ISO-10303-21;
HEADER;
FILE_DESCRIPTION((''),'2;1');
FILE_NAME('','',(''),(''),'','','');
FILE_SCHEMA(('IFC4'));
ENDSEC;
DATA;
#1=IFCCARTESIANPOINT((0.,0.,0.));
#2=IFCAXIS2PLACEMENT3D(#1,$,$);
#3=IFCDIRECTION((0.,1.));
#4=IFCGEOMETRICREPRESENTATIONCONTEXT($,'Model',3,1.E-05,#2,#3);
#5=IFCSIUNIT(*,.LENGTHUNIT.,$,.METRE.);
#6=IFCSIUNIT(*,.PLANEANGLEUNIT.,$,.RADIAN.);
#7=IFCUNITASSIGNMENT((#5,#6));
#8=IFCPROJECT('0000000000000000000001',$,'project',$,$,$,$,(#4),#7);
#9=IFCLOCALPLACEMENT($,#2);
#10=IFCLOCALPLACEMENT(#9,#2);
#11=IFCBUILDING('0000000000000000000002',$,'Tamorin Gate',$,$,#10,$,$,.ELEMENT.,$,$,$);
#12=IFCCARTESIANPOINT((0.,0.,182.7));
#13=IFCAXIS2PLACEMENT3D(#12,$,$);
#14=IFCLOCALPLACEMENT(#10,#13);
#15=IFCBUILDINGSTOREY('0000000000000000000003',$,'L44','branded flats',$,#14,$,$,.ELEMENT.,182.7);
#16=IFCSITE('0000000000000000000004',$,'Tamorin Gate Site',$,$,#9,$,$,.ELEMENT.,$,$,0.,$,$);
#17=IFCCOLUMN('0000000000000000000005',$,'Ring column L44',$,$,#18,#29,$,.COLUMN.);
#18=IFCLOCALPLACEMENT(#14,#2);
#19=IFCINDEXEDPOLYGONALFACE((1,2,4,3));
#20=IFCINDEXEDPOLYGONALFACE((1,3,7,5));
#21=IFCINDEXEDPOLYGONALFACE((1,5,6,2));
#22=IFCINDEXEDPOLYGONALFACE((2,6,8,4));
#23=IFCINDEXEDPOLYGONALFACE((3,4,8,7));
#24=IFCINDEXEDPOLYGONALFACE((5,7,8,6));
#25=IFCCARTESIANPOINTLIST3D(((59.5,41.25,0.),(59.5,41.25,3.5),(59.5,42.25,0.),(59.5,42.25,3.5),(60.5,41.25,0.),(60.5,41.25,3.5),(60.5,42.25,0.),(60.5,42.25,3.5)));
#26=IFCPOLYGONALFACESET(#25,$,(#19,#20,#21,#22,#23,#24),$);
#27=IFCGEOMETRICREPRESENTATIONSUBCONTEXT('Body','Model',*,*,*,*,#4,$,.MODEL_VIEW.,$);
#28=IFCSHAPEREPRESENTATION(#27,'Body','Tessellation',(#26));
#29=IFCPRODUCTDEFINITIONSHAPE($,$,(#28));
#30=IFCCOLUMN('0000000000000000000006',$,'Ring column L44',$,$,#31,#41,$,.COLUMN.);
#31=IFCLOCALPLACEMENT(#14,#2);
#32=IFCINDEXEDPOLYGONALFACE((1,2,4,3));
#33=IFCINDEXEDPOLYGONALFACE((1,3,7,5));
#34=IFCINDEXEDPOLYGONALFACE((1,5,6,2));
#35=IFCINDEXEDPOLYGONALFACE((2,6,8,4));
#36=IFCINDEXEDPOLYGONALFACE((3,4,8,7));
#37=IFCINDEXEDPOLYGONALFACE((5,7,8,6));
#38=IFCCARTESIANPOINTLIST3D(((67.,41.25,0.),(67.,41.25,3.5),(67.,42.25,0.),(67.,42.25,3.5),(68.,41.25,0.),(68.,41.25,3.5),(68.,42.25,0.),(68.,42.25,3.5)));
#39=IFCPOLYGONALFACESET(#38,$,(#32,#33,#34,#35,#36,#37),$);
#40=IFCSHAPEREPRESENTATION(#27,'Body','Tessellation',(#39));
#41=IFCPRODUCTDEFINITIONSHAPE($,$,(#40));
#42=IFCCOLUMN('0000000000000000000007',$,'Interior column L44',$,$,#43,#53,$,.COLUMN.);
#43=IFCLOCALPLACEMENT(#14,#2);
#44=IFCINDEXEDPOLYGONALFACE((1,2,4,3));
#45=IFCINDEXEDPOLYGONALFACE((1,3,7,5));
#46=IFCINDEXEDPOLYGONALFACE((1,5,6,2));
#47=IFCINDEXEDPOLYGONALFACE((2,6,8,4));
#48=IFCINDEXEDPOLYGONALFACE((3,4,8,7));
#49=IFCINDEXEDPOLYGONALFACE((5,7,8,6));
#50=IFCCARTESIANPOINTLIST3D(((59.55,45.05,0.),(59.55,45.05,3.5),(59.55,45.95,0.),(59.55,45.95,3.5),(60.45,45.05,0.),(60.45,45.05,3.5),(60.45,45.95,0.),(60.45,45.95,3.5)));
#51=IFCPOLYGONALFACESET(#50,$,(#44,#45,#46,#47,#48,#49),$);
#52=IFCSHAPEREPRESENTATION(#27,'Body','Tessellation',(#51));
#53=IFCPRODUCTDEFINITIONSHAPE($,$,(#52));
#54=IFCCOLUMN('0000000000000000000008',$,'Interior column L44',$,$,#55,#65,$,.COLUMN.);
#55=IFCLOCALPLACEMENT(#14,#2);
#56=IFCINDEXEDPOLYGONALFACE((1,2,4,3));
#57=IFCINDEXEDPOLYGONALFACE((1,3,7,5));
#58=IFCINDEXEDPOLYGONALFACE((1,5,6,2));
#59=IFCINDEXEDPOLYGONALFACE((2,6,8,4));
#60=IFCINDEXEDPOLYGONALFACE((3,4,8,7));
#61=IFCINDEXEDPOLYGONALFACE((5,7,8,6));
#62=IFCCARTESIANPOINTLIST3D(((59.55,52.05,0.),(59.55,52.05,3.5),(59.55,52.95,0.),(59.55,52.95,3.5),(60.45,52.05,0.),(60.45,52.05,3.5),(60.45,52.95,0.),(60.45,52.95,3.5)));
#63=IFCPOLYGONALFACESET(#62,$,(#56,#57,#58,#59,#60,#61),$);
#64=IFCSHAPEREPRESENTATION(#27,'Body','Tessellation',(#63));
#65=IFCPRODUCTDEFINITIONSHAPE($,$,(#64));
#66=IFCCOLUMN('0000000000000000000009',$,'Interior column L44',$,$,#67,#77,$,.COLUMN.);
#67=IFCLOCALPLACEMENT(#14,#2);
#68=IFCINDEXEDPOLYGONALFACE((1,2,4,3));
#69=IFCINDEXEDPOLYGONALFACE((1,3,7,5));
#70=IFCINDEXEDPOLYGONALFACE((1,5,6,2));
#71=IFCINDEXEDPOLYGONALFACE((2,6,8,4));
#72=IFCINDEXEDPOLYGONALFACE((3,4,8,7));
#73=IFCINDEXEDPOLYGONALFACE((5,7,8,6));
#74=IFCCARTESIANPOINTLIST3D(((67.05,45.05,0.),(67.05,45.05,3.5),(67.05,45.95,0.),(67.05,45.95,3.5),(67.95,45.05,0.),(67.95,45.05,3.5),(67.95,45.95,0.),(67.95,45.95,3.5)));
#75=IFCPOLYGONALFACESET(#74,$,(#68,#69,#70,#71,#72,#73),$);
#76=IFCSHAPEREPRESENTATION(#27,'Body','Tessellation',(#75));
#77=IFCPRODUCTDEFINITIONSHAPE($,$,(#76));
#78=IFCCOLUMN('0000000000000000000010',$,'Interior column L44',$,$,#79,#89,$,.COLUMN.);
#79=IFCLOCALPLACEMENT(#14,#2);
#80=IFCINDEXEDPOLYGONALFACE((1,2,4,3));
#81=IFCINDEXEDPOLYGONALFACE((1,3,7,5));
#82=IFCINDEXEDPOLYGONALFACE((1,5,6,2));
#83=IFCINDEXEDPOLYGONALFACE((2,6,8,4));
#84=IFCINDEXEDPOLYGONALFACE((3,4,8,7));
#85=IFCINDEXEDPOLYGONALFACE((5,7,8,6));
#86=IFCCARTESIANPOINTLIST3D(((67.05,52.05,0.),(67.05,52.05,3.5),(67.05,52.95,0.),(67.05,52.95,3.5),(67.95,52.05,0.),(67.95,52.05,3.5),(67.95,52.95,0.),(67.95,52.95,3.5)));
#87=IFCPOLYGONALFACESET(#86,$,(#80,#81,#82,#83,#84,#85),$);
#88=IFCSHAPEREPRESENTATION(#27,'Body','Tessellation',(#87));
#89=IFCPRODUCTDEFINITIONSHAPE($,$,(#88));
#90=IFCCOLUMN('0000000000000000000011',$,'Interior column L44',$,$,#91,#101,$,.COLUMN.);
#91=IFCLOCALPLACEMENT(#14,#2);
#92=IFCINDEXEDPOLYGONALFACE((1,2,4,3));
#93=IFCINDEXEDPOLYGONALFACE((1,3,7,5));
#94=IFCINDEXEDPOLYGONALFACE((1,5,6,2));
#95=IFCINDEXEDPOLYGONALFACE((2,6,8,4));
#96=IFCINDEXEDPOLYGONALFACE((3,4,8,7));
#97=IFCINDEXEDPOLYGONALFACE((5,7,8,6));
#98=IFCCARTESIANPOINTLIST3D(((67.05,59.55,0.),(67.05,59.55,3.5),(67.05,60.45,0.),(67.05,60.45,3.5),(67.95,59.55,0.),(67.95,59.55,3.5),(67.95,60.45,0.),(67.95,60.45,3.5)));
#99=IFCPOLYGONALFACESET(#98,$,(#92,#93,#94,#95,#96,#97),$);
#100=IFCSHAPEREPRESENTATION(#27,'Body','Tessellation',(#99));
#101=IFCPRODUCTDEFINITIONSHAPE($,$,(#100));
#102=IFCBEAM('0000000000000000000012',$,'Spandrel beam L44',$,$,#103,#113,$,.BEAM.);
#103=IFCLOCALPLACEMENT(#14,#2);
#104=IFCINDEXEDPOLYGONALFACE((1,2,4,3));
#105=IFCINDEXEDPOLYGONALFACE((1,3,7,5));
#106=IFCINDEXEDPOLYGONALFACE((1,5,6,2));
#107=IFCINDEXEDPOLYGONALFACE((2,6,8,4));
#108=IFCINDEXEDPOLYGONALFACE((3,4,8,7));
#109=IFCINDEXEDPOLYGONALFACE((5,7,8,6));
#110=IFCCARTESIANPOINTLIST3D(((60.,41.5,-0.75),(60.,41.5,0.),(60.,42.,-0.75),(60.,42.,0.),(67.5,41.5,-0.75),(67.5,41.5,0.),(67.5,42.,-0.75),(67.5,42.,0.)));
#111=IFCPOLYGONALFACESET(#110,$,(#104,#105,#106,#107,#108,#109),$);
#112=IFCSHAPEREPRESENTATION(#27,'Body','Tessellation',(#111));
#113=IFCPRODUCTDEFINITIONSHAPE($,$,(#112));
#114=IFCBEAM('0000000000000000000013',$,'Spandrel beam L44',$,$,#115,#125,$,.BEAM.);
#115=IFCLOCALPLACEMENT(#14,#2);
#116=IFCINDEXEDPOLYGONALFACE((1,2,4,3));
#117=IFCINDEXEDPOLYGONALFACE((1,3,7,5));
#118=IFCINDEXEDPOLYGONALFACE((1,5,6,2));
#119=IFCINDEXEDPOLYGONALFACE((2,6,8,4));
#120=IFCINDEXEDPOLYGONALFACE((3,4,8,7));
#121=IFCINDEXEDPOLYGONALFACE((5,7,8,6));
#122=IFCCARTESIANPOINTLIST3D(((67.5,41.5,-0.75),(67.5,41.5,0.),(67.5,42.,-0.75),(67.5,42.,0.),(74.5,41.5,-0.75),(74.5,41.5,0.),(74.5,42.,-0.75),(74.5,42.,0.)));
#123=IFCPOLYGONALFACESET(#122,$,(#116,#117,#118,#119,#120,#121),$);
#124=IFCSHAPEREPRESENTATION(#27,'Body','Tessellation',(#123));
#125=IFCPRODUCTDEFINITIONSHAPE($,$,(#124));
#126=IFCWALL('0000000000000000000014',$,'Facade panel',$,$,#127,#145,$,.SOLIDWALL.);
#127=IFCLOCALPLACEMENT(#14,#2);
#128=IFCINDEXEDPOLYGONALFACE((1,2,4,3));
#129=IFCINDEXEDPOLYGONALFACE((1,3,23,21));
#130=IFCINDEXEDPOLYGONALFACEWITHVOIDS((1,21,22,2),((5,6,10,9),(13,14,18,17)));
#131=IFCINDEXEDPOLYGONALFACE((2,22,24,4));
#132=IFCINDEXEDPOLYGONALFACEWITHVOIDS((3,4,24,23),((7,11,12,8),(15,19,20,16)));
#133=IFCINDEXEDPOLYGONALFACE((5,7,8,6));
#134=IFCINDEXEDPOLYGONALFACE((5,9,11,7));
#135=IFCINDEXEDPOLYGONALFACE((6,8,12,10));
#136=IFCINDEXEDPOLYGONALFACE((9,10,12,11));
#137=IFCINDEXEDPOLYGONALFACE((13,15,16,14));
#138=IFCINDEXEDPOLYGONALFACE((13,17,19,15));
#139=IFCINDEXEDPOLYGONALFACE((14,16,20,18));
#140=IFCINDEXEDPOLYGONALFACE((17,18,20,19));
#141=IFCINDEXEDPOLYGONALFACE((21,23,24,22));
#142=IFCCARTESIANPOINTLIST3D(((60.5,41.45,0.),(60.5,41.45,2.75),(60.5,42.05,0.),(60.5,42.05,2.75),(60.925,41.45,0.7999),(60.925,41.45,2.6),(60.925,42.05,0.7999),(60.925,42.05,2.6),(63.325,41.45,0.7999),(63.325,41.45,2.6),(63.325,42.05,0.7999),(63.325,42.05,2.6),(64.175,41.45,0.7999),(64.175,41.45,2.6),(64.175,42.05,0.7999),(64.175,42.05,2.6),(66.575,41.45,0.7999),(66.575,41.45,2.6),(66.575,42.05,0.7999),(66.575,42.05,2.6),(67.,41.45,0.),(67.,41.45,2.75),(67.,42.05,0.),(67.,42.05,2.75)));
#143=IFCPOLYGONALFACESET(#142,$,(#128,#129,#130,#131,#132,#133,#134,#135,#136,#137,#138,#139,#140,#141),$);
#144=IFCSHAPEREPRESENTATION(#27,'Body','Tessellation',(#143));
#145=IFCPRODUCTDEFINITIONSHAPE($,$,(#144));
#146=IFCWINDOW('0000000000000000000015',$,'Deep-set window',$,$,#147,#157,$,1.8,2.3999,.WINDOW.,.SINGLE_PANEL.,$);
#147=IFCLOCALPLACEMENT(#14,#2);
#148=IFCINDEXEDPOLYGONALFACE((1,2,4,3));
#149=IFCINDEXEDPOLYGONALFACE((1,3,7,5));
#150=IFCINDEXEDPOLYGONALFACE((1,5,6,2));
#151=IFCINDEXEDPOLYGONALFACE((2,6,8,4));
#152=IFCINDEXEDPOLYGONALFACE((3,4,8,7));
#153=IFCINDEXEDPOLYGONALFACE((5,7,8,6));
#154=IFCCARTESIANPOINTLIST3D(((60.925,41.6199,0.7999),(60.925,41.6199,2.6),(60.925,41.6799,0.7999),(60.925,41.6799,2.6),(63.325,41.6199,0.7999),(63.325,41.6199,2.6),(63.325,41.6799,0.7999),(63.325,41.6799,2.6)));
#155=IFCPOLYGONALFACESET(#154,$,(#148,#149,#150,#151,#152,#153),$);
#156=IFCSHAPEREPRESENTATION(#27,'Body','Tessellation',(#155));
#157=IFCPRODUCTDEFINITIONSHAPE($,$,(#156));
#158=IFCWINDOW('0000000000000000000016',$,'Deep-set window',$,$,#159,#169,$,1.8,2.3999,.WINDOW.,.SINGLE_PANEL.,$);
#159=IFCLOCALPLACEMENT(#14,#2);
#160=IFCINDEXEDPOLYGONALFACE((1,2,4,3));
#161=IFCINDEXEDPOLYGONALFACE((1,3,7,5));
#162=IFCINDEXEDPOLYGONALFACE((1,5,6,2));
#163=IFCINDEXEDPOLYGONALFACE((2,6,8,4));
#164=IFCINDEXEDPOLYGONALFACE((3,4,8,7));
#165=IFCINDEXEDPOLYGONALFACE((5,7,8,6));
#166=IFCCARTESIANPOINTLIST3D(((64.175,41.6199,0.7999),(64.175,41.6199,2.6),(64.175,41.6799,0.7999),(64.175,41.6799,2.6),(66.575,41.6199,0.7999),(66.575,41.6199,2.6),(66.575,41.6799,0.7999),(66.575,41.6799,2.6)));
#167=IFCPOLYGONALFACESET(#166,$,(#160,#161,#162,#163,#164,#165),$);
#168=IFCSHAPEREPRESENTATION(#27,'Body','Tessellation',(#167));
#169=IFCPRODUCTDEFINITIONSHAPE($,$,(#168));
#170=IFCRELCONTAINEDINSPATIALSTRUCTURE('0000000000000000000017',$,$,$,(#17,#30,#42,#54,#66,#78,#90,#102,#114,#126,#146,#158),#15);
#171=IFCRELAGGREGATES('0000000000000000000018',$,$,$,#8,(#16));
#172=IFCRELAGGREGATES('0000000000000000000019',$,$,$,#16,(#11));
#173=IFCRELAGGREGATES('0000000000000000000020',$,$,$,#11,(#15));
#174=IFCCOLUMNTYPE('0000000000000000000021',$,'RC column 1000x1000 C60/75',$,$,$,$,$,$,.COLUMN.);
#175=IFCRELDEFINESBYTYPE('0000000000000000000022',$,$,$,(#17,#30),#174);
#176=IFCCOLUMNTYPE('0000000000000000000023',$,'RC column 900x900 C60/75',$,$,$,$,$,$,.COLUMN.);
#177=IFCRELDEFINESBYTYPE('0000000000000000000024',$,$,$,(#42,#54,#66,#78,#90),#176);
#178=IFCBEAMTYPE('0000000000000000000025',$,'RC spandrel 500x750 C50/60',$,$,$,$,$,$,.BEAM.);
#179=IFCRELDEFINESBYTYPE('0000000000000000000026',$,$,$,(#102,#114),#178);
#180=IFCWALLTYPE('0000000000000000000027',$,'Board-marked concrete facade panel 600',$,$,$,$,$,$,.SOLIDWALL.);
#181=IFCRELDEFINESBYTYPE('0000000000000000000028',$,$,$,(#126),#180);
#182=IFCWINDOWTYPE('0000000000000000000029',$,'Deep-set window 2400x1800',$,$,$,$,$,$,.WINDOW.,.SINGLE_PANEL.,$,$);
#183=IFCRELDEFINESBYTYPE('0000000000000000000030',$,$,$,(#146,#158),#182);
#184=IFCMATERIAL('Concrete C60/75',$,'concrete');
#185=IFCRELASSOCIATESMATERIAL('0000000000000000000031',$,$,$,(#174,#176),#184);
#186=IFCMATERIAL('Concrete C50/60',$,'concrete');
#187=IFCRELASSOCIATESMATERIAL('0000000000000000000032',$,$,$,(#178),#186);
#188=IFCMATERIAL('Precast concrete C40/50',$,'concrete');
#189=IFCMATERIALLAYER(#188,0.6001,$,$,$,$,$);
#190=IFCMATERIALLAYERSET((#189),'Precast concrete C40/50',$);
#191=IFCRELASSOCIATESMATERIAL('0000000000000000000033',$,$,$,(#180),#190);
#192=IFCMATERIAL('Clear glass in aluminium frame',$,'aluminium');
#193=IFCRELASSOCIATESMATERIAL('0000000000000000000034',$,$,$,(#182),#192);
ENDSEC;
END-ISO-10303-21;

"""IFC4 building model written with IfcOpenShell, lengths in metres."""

from ifc_helpers import new_model, si_unit, direction, frame, frame_2d, origin, origin_2d, place, context, subcontext, project, spatial, rectangle, extrude, material, layer, layer_set, material_profile, profile_set, type_object, element, fill, save


model = new_model("IFC4")

# Units and contexts
model_context = context("Model", 3, precision=1e-05, world=origin(), true_north=direction((0.0, 1.0)))
body_context = subcontext(model_context, "Body", "Model", "MODEL_VIEW")
ifc_project = project(units=[si_unit("LENGTHUNIT", "METRE"), si_unit("PLANEANGLEUNIT", "RADIAN")], contexts=[model_context])

# Site, building, storey
site_placement = place(None, origin())
site = spatial("IfcSite", under=ifc_project, at=site_placement, Name="Tamorin Gate Site", CompositionType="ELEMENT", RefElevation=0.0)
building_placement = place(site_placement, origin())
building = spatial("IfcBuilding", under=site, at=building_placement, Name="Tamorin Gate", CompositionType="ELEMENT")
storey_placement = place(building_placement, frame((0.0, 0.0, 182.7)))
storey = spatial("IfcBuildingStorey", under=building, at=storey_placement, Name="L44", Description="branded flats", CompositionType="ELEMENT", Elevation=182.7)

# Columns
ifc_material_1 = material(Name="Concrete C60/75", Category="concrete")
ifc_material_profile_1 = material_profile(ifc_material_1, rectangle(XDim=1.0, YDim=1.0, at=origin_2d()), Name="RC 1000x1000")
ifc_profile_set_1 = profile_set([ifc_material_profile_1], Name="Concrete C60/75")
column_type_1 = type_object("IfcColumnType", Name="RC column 1000x1000 C60/75", PredefinedType="COLUMN", material=ifc_profile_set_1)
for number, where, z_axis, x_axis, name in (
    (1, (60.0, 41.75, 0.0), (0.0, 0.0, 1.0), (1.0, 0.0, 0.0), "Ring column L44"),
    (2, (67.5, 41.75, 0.0), (0.0, 0.0, 1.0), (1.0, 0.0, 0.0), "Ring column L44"),
):
    element("IfcColumn", number, at=place(storey_placement, frame(where, z_axis=z_axis, x_axis=x_axis)), inside=storey, type_object=column_type_1, Name=name, PredefinedType="COLUMN", context=body_context, shape_type="SweptSolid", body=[
        extrude(rectangle(XDim=1.0, YDim=1.0, at=origin_2d()), origin(), (0.0, 0.0, 1.0), 3.5),
    ])
ifc_material_profile_2 = material_profile(ifc_material_1, rectangle(XDim=0.8999, YDim=0.8999, at=origin_2d()), Name="RC 900x900")
ifc_profile_set_2 = profile_set([ifc_material_profile_2], Name="Concrete C60/75")
column_type_2 = type_object("IfcColumnType", Name="RC column 900x900 C60/75", PredefinedType="COLUMN", material=ifc_profile_set_2)
for number, where, z_axis, x_axis, name in (
    (3, (60.0, 45.5, 0.0), (0.0, 0.0, 1.0), (1.0, 0.0, 0.0), "Interior column L44"),
    (4, (60.0, 52.5, 0.0), (0.0, 0.0, 1.0), (1.0, 0.0, 0.0), "Interior column L44"),
    (5, (67.5, 45.5, 0.0), (0.0, 0.0, 1.0), (1.0, 0.0, 0.0), "Interior column L44"),
    (6, (67.5, 52.5, 0.0), (0.0, 0.0, 1.0), (1.0, 0.0, 0.0), "Interior column L44"),
    (7, (67.5, 60.0, 0.0), (0.0, 0.0, 1.0), (1.0, 0.0, 0.0), "Interior column L44"),
):
    element("IfcColumn", number, at=place(storey_placement, frame(where, z_axis=z_axis, x_axis=x_axis)), inside=storey, type_object=column_type_2, Name=name, PredefinedType="COLUMN", context=body_context, shape_type="SweptSolid", body=[
        extrude(rectangle(XDim=0.8999, YDim=0.8999, at=origin_2d()), origin(), (0.0, 0.0, 1.0), 3.5),
    ])

# Beams
ifc_material_2 = material(Name="Concrete C50/60", Category="concrete")
ifc_material_profile_3 = material_profile(ifc_material_2, rectangle(XDim=0.5, YDim=0.75, at=origin_2d()), Name="RC 500x750")
ifc_profile_set_3 = profile_set([ifc_material_profile_3], Name="Concrete C50/60")
beam_type = type_object("IfcBeamType", Name="RC spandrel 500x750 C50/60", PredefinedType="BEAM", material=ifc_profile_set_3)
beam_1_placement = place(storey_placement, frame((60.0, 41.75, -0.375), z_axis=(1.0, 0.0, 0.0), x_axis=(0.0, 1.0, 0.0)))
element("IfcBeam", 8, at=beam_1_placement, inside=storey, type_object=beam_type, Name="Spandrel beam L44", PredefinedType="BEAM", context=body_context, shape_type="SweptSolid", body=[
    extrude(rectangle(XDim=0.5, YDim=0.75, at=origin_2d()), origin(), (0.0, 0.0, 1.0), 7.5),
])
beam_2_placement = place(storey_placement, frame((67.5, 41.75, -0.375), z_axis=(1.0, 0.0, 0.0), x_axis=(0.0, 1.0, 0.0)))
element("IfcBeam", 9, at=beam_2_placement, inside=storey, type_object=beam_type, Name="Spandrel beam L44", PredefinedType="BEAM", context=body_context, shape_type="SweptSolid", body=[
    extrude(rectangle(XDim=0.5, YDim=0.75, at=origin_2d()), origin(), (0.0, 0.0, 1.0), 7.0),
])

# Wall, openings, windows
ifc_material_3 = material(Name="Precast concrete C40/50", Category="concrete")
ifc_layer_1 = layer(ifc_material_3, 0.6001)
ifc_layer_set_1 = layer_set([ifc_layer_1], Name="Precast concrete C40/50")
wall_type_1 = type_object("IfcWallType", Name="Board-marked concrete facade panel 600", PredefinedType="SOLIDWALL", material=ifc_layer_set_1)
wall_1_placement = place(storey_placement, frame((60.5, 41.75, 0.0), z_axis=(0.0, 0.0, 1.0), x_axis=(1.0, 0.0, 0.0)))
wall_1 = element("IfcWall", 10, at=wall_1_placement, inside=storey, type_object=wall_type_1, Name="Facade panel", PredefinedType="SOLIDWALL", context=body_context, shape_type="SweptSolid", body=[
    extrude(rectangle(XDim=6.5, YDim=0.6001, at=frame_2d((3.25, 0.0))), origin(), (0.0, 0.0, 1.0), 2.75),
])
opening_1_placement = place(wall_1_placement, frame((0.425, 0.0, 0.8)))
opening_1 = element("IfcOpeningElement", 11, at=opening_1_placement, cuts=wall_1, PredefinedType="OPENING", context=body_context, shape_type="SweptSolid", body=[
    extrude(rectangle(XDim=2.3999, YDim=1.8, at=frame_2d((1.2, 0.8999))), frame((0.0, 0.3101, 0.0), z_axis=(0.0, -1.0, 0.0), x_axis=(1.0, 0.0, 0.0)), (0.0, 0.0, 1.0), 0.6201),
])
opening_2_placement = place(wall_1_placement, frame((3.675, 0.0, 0.8)))
opening_2 = element("IfcOpeningElement", 12, at=opening_2_placement, cuts=wall_1, PredefinedType="OPENING", context=body_context, shape_type="SweptSolid", body=[
    extrude(rectangle(XDim=2.3999, YDim=1.8, at=frame_2d((1.2, 0.8999))), frame((0.0, 0.3101, 0.0), z_axis=(0.0, -1.0, 0.0), x_axis=(1.0, 0.0, 0.0)), (0.0, 0.0, 1.0), 0.6201),
])
ifc_material_4 = material(Name="Clear glass in aluminium frame", Category="aluminium")
window_type = type_object("IfcWindowType", Name="Deep-set window 2400x1800", PartitioningType="SINGLE_PANEL", PredefinedType="WINDOW", material=ifc_material_4)
window_1_placement = place(opening_1_placement, origin())
window_1 = element("IfcWindow", 13, at=window_1_placement, inside=storey, type_object=window_type, Name="Deep-set window", OverallHeight=1.8, OverallWidth=2.3999, PartitioningType="SINGLE_PANEL", PredefinedType="WINDOW", context=body_context, shape_type="SweptSolid", body=[
    extrude(rectangle(XDim=2.3999, YDim=1.8, at=frame_2d((1.2, 0.8999))), frame((0.0, -0.0701, 0.0), z_axis=(0.0, -1.0, 0.0), x_axis=(1.0, 0.0, 0.0)), (0.0, 0.0, 1.0), 0.0601),
])
fill(opening_1, window_1)
window_2_placement = place(opening_2_placement, origin())
window_2 = element("IfcWindow", 14, at=window_2_placement, inside=storey, type_object=window_type, Name="Deep-set window", OverallHeight=1.8, OverallWidth=2.3999, PartitioningType="SINGLE_PANEL", PredefinedType="WINDOW", context=body_context, shape_type="SweptSolid", body=[
    extrude(rectangle(XDim=2.3999, YDim=1.8, at=frame_2d((1.2, 0.8999))), frame((0.0, -0.0701, 0.0), z_axis=(0.0, -1.0, 0.0), x_axis=(1.0, 0.0, 0.0)), (0.0, 0.0, 1.0), 0.0601),
])
fill(opening_2, window_2)

save(model, "model.ifc")
